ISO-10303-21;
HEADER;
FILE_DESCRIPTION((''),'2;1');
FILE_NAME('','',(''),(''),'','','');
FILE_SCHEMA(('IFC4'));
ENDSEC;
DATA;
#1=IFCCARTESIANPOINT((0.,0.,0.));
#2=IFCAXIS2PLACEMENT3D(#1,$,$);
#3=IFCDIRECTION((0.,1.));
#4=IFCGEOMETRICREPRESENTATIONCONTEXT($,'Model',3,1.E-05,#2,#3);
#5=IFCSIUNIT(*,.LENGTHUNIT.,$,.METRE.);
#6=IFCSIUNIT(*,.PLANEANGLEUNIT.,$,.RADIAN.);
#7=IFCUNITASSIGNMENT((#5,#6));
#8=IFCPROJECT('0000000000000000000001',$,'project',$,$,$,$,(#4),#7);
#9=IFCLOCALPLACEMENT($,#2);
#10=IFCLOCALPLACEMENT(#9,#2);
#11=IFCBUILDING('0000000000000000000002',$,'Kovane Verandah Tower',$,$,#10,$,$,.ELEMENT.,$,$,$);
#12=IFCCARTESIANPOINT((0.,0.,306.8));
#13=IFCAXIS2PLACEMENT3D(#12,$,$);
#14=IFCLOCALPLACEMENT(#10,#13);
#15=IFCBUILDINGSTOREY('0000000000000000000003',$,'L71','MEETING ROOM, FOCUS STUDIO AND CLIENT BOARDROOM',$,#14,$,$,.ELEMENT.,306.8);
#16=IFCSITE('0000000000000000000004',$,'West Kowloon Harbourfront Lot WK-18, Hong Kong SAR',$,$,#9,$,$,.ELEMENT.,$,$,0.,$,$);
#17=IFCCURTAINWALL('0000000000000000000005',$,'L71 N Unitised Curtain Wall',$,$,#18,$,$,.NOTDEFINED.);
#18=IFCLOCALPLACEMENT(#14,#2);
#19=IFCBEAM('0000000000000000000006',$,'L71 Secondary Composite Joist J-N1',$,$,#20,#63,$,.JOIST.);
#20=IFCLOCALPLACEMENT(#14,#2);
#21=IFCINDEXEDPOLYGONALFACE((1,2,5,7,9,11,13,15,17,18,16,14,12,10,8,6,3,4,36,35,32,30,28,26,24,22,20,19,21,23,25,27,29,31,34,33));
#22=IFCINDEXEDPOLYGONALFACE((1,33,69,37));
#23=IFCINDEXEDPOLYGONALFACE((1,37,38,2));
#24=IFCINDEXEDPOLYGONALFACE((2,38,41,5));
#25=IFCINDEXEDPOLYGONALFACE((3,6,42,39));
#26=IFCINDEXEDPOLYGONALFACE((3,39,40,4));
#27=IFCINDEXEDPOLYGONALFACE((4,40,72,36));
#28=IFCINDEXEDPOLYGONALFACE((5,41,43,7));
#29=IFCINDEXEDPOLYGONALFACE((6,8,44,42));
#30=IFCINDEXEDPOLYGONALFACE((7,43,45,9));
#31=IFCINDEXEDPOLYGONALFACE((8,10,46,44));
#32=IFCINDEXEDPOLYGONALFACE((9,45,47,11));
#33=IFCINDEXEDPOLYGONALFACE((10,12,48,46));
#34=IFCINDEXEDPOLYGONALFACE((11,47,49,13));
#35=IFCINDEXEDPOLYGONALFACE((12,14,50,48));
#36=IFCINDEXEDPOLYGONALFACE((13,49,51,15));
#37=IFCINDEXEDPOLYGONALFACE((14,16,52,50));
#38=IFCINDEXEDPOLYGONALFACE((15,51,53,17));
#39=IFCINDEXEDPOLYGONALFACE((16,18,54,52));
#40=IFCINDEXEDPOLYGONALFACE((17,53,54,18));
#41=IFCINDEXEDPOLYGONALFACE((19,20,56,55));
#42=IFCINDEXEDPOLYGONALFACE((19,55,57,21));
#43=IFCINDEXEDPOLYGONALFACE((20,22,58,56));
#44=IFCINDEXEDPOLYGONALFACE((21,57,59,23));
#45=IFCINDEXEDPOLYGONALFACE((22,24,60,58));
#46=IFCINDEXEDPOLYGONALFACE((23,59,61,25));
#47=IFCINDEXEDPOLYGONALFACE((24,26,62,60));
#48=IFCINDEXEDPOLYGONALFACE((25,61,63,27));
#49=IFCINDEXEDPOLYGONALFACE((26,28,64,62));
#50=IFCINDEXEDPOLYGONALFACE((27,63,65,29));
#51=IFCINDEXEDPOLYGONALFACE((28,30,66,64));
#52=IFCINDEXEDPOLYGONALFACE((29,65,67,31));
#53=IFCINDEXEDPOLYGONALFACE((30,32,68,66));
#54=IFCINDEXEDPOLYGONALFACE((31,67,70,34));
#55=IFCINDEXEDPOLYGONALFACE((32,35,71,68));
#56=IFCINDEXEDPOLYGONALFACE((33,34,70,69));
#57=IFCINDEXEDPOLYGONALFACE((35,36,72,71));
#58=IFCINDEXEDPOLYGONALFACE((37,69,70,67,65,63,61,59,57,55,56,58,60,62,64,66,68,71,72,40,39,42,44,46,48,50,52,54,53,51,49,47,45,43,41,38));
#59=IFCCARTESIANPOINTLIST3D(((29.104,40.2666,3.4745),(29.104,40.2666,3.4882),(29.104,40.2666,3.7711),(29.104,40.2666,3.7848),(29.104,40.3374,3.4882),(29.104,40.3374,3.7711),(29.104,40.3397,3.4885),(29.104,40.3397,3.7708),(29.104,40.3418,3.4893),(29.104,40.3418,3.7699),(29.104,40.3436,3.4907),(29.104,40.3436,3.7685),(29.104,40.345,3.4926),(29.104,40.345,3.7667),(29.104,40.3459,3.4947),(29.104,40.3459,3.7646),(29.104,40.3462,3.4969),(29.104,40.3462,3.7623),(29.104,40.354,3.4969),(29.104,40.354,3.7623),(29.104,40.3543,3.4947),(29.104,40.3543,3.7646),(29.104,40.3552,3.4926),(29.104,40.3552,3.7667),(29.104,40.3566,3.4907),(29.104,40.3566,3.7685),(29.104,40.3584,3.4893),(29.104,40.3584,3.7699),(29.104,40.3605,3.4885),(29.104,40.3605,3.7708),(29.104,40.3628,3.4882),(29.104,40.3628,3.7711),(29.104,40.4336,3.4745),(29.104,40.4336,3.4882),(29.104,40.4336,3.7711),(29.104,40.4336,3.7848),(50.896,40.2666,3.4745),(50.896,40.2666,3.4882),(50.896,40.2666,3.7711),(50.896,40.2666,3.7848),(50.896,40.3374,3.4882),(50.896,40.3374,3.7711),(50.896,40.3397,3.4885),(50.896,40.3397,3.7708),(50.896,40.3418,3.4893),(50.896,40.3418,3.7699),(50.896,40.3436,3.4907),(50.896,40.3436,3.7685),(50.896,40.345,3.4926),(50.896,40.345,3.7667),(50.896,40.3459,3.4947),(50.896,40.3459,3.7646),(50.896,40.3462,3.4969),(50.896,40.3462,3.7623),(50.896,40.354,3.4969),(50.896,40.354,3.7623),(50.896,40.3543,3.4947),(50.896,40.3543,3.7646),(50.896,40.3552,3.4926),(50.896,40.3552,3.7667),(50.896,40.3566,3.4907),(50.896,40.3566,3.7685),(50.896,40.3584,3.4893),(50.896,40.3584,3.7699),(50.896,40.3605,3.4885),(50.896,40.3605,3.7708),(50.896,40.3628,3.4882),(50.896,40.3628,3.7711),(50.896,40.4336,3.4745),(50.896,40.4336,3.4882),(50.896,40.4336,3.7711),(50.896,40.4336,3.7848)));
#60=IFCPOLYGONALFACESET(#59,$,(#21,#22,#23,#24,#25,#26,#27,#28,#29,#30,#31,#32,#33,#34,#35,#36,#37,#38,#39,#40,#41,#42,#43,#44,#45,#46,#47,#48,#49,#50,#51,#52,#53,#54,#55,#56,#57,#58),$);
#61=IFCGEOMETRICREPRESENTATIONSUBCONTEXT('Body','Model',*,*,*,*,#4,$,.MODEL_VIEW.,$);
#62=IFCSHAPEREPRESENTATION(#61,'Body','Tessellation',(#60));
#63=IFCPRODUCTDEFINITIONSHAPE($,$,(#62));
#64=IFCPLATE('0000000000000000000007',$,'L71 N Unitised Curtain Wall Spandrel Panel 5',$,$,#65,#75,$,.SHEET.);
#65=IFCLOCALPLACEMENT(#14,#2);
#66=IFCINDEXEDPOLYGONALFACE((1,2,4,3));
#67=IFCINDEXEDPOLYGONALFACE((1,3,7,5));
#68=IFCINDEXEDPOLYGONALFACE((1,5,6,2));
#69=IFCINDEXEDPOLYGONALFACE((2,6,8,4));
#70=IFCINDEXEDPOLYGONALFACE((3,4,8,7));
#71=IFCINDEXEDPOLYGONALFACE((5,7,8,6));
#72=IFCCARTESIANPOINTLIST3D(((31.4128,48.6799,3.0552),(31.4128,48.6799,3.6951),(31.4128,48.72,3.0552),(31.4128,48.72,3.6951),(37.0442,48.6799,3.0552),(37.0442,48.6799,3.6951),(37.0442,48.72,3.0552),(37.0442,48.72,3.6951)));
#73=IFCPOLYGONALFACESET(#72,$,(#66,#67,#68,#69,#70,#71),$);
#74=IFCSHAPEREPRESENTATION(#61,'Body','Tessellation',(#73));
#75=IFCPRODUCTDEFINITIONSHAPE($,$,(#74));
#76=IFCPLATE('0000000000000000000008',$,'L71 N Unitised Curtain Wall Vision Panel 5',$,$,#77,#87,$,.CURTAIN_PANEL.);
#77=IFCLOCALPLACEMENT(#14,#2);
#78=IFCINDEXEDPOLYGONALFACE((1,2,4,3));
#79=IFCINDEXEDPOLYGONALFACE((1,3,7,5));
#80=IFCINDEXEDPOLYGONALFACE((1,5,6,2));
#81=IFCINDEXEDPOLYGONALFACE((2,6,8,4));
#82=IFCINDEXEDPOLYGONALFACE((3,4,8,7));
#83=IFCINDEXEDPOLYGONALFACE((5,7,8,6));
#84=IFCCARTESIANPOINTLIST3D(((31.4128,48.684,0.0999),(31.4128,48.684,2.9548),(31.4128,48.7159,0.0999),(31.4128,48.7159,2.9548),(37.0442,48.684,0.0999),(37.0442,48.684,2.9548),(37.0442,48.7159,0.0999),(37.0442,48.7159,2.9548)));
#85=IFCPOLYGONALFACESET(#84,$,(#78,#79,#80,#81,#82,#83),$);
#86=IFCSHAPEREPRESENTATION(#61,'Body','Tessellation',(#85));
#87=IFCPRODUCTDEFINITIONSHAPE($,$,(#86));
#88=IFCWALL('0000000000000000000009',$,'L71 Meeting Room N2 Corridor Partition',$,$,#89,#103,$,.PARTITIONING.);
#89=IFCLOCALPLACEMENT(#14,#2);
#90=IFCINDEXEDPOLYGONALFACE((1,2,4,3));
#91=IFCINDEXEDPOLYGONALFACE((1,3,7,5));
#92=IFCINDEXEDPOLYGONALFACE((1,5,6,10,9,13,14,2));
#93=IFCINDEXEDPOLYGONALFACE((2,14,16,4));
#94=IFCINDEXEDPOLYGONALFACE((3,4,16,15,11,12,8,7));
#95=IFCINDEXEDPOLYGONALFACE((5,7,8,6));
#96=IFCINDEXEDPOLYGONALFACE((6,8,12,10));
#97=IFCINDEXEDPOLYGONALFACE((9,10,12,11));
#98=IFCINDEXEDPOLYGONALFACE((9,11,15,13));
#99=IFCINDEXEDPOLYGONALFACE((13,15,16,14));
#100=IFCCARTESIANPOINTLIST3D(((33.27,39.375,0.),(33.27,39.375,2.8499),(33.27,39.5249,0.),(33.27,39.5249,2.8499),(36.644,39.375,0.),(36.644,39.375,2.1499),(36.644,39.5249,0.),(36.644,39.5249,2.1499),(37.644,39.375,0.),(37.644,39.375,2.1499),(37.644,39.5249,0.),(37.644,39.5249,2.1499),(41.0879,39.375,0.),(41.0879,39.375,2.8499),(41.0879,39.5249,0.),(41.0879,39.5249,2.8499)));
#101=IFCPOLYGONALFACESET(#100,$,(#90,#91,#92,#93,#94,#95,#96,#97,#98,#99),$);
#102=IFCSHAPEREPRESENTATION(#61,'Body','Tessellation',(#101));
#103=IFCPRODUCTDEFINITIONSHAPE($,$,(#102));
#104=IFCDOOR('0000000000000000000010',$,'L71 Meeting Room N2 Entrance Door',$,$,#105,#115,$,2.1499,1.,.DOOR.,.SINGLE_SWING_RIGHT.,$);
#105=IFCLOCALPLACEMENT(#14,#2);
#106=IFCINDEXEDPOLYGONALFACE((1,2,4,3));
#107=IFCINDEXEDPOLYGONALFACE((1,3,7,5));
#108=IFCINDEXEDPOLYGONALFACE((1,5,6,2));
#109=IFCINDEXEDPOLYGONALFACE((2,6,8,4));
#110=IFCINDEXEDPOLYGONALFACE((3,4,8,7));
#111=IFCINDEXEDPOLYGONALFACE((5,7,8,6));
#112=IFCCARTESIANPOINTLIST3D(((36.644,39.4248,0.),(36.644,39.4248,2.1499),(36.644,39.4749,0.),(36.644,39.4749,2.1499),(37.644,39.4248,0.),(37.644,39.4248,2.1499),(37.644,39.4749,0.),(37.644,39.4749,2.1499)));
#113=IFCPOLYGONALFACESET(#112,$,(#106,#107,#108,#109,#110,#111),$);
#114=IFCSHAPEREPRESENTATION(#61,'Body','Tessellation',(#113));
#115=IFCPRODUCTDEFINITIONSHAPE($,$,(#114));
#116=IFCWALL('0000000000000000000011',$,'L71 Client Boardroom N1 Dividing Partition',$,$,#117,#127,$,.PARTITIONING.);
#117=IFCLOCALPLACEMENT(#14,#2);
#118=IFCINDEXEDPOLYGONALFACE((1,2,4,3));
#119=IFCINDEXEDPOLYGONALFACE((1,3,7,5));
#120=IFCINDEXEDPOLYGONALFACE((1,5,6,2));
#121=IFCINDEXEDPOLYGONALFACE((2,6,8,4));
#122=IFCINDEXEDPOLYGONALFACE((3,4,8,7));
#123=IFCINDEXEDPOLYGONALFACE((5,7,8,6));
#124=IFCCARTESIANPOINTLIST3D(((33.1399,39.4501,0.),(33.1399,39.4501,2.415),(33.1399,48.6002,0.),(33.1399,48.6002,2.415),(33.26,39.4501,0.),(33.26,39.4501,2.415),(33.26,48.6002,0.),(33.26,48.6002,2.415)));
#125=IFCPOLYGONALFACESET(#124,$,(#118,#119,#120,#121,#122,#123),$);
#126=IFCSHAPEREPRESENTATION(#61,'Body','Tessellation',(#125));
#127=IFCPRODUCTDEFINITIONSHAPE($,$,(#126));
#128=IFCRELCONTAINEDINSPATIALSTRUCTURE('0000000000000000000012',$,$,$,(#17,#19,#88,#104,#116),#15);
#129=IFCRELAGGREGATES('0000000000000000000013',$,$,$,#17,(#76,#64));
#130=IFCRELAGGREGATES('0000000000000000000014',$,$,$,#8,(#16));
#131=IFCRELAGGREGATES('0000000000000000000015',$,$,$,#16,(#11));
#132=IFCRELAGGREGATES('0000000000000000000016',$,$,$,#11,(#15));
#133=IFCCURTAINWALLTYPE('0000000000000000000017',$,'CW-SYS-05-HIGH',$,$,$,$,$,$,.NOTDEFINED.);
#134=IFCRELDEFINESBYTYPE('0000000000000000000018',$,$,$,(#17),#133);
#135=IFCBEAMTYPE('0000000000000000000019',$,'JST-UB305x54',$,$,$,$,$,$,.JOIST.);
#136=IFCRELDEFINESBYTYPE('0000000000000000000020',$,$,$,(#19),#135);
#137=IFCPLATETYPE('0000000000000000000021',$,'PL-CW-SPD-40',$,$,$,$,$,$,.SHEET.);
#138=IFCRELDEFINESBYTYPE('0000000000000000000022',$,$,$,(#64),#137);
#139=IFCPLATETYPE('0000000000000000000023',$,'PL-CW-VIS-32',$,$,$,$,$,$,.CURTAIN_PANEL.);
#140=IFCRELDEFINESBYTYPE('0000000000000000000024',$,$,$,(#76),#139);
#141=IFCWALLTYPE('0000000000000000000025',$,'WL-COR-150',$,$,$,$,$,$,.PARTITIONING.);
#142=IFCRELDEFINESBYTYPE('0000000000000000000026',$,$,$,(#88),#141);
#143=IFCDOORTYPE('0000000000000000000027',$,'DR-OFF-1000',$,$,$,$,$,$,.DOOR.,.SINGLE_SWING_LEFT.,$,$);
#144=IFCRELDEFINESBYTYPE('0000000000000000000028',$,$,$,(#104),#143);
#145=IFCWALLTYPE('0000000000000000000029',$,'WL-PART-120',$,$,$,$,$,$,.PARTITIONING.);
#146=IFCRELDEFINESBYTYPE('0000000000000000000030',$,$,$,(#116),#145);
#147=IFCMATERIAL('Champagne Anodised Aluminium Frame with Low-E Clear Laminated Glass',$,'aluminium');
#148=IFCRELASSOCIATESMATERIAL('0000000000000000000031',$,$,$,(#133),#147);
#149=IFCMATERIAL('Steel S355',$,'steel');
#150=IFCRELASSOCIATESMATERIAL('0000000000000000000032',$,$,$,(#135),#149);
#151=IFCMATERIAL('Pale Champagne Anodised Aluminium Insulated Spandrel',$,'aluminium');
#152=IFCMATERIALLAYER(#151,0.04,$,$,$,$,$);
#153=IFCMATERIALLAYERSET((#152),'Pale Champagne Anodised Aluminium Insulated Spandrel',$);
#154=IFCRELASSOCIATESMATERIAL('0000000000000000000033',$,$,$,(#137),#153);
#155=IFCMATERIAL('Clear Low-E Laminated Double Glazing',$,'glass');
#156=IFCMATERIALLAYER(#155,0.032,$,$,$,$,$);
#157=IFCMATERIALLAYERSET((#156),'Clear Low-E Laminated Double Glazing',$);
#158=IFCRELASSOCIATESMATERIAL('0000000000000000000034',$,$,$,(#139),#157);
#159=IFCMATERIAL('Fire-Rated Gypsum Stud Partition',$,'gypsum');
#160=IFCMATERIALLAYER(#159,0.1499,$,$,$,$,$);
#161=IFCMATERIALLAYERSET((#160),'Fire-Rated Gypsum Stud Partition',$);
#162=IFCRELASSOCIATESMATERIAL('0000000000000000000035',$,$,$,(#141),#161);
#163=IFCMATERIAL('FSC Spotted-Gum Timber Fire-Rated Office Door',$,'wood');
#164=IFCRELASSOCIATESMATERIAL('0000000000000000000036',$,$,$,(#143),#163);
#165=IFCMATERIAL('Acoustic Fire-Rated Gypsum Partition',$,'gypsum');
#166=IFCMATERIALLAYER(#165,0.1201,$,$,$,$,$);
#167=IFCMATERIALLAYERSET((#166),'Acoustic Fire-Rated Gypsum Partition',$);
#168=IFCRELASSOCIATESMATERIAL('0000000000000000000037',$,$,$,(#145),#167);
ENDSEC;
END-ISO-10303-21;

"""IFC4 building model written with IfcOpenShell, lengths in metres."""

from ifc_helpers import new_model, si_unit, direction, frame, frame_2d, origin, origin_2d, place, context, subcontext, project, spatial, rectangle, i_section, extrude, material, layer, layer_set, material_profile, profile_set, type_object, element, fill, aggregate, save


model = new_model("IFC4")

# Units and contexts
model_context = context("Model", 3, precision=1e-05, world=origin(), true_north=direction((0.0, 1.0)))
body_context = subcontext(model_context, "Body", "Model", "MODEL_VIEW")
ifc_project = project(units=[si_unit("LENGTHUNIT", "METRE"), si_unit("PLANEANGLEUNIT", "RADIAN")], contexts=[model_context])

# Site, building, storey
site_placement = place(None, origin())
site = spatial("IfcSite", under=ifc_project, at=site_placement, Name="West Kowloon Harbourfront Lot WK-18, Hong Kong SAR", CompositionType="ELEMENT", RefElevation=0.0)
building_placement = place(site_placement, origin())
building = spatial("IfcBuilding", under=site, at=building_placement, Name="Kovane Verandah Tower", CompositionType="ELEMENT")
storey_placement = place(building_placement, frame((0.0, 0.0, 306.8)))
storey = spatial("IfcBuildingStorey", under=building, at=storey_placement, Name="L71", Description="MEETING ROOM, FOCUS STUDIO AND CLIENT BOARDROOM", CompositionType="ELEMENT", Elevation=306.8)

# Shared definitions
ifc_material_1 = material(Name="Steel S355", Category="steel")

# Curtain wall
ifc_material_2 = material(Name="Champagne Anodised Aluminium Frame with Low-E Clear Laminated Glass", Category="aluminium")
curtain_wall_type = type_object("IfcCurtainWallType", Name="CW-SYS-05-HIGH", PredefinedType="NOTDEFINED", material=ifc_material_2)
curtain_wall_placement = place(storey_placement, origin())
curtain_wall = element("IfcCurtainWall", 1, at=curtain_wall_placement, inside=storey, type_object=curtain_wall_type, Name="L71 N Unitised Curtain Wall", PredefinedType="NOTDEFINED")

# Beam
ifc_material_profile_1 = material_profile(ifc_material_1, i_section(OverallWidth=0.167, OverallDepth=0.3103, WebThickness=0.0078, FlangeThickness=0.0137, FilletRadius=0.0088, at=origin_2d()), Name="UB305x165x54")
ifc_profile_set_1 = profile_set([ifc_material_profile_1], Name="Steel S355")
beam_type_1 = type_object("IfcBeamType", Name="JST-UB305x54", PredefinedType="JOIST", material=ifc_profile_set_1)
beam_1_placement = place(storey_placement, frame((29.104, 40.3501, 3.6296), z_axis=(1.0, 0.0, 0.0), x_axis=(0.0, 1.0, 0.0)))
element("IfcBeam", 2, at=beam_1_placement, inside=storey, type_object=beam_type_1, Name="L71 Secondary Composite Joist J-N1", PredefinedType="JOIST", context=body_context, shape_type="SweptSolid", body=[
    extrude(i_section(OverallWidth=0.167, OverallDepth=0.3103, WebThickness=0.0078, FlangeThickness=0.0137, FilletRadius=0.0088, at=origin_2d()), origin(), (0.0, 0.0, 1.0), 21.792),
])

# Plates
ifc_material_3 = material(Name="Pale Champagne Anodised Aluminium Insulated Spandrel", Category="aluminium")
ifc_layer_1 = layer(ifc_material_3, 0.04)
ifc_layer_set_1 = layer_set([ifc_layer_1], Name="Pale Champagne Anodised Aluminium Insulated Spandrel")
plate_type_1 = type_object("IfcPlateType", Name="PL-CW-SPD-40", PredefinedType="SHEET", material=ifc_layer_set_1)
plate_1_placement = place(storey_placement, frame((34.2285, 48.7, 3.0552), z_axis=(0.0, 0.0, 1.0), x_axis=(-1.0, 0.0, 0.0)))
plate_1 = element("IfcPlate", 3, at=plate_1_placement, type_object=plate_type_1, Name="L71 N Unitised Curtain Wall Spandrel Panel 5", PredefinedType="SHEET", context=body_context, shape_type="SweptSolid", body=[
    extrude(rectangle(XDim=5.6313, YDim=0.04, at=origin_2d()), origin(), (0.0, 0.0, 1.0), 0.6399),
])
ifc_material_4 = material(Name="Clear Low-E Laminated Double Glazing", Category="glass")
ifc_layer_2 = layer(ifc_material_4, 0.032)
ifc_layer_set_2 = layer_set([ifc_layer_2], Name="Clear Low-E Laminated Double Glazing")
plate_type_2 = type_object("IfcPlateType", Name="PL-CW-VIS-32", PredefinedType="CURTAIN_PANEL", material=ifc_layer_set_2)
plate_2_placement = place(storey_placement, frame((34.2285, 48.7, 0.0999), z_axis=(0.0, 0.0, 1.0), x_axis=(-1.0, 0.0, 0.0)))
plate_2 = element("IfcPlate", 4, at=plate_2_placement, type_object=plate_type_2, Name="L71 N Unitised Curtain Wall Vision Panel 5", PredefinedType="CURTAIN_PANEL", context=body_context, shape_type="SweptSolid", body=[
    extrude(rectangle(XDim=5.6313, YDim=0.032, at=origin_2d()), origin(), (0.0, 0.0, 1.0), 2.855),
])
aggregate(curtain_wall, [plate_2, plate_1])

# Wall, opening, door
ifc_material_5 = material(Name="Fire-Rated Gypsum Stud Partition", Category="gypsum")
ifc_layer_3 = layer(ifc_material_5, 0.1499)
ifc_layer_set_3 = layer_set([ifc_layer_3], Name="Fire-Rated Gypsum Stud Partition")
wall_type_1 = type_object("IfcWallType", Name="WL-COR-150", PredefinedType="PARTITIONING", material=ifc_layer_set_3)
wall_1_placement = place(storey_placement, frame((33.27, 39.45, 0.0), z_axis=(0.0, 0.0, 1.0), x_axis=(1.0, 0.0, 0.0)))
wall_1 = element("IfcWall", 5, at=wall_1_placement, inside=storey, type_object=wall_type_1, Name="L71 Meeting Room N2 Corridor Partition", PredefinedType="PARTITIONING", context=body_context, shape_type="SweptSolid", body=[
    extrude(rectangle(XDim=7.8179, YDim=0.1499, at=frame_2d((3.9089, 0.0))), origin(), (0.0, 0.0, 1.0), 2.8499),
])
opening_1_placement = place(wall_1_placement, frame((3.374, 0.0, 0.0)))
opening_1 = element("IfcOpeningElement", 6, at=opening_1_placement, cuts=wall_1, PredefinedType="OPENING", context=body_context, shape_type="SweptSolid", body=[
    extrude(rectangle(XDim=1.0, YDim=2.1499, at=frame_2d((0.5, 1.075))), frame((0.0, 0.075, 0.0), z_axis=(0.0, -1.0, 0.0), x_axis=(1.0, 0.0, 0.0)), (0.0, 0.0, 1.0), 0.1499),
])
ifc_material_6 = material(Name="FSC Spotted-Gum Timber Fire-Rated Office Door", Category="wood")
door_type_1 = type_object("IfcDoorType", Name="DR-OFF-1000", OperationType="SINGLE_SWING_LEFT", PredefinedType="DOOR", material=ifc_material_6)
door_1_placement = place(opening_1_placement, origin())
door_1 = element("IfcDoor", 7, at=door_1_placement, inside=storey, type_object=door_type_1, Name="L71 Meeting Room N2 Entrance Door", OperationType="SINGLE_SWING_RIGHT", OverallHeight=2.1499, OverallWidth=1.0, PredefinedType="DOOR", context=body_context, shape_type="SweptSolid", body=[
    extrude(rectangle(XDim=1.0, YDim=2.1499, at=frame_2d((0.5, 1.075))), frame((0.0, 0.0249, 0.0), z_axis=(0.0, -1.0, 0.0), x_axis=(1.0, 0.0, 0.0)), (0.0, 0.0, 1.0), 0.05),
])
fill(opening_1, door_1)

# Wall
ifc_material_7 = material(Name="Acoustic Fire-Rated Gypsum Partition", Category="gypsum")
ifc_layer_4 = layer(ifc_material_7, 0.1201)
ifc_layer_set_4 = layer_set([ifc_layer_4], Name="Acoustic Fire-Rated Gypsum Partition")
wall_type_2 = type_object("IfcWallType", Name="WL-PART-120", PredefinedType="PARTITIONING", material=ifc_layer_set_4)
wall_2_placement = place(storey_placement, frame((33.2, 39.45, 0.0), z_axis=(0.0, 0.0, 1.0), x_axis=(0.0, 1.0, 0.0)))
element("IfcWall", 8, at=wall_2_placement, inside=storey, type_object=wall_type_2, Name="L71 Client Boardroom N1 Dividing Partition", PredefinedType="PARTITIONING", context=body_context, shape_type="SweptSolid", body=[
    extrude(rectangle(XDim=9.1501, YDim=0.1201, at=frame_2d((4.5752, 0.0))), origin(), (0.0, 0.0, 1.0), 2.415),
])

save(model, "model.ifc")
